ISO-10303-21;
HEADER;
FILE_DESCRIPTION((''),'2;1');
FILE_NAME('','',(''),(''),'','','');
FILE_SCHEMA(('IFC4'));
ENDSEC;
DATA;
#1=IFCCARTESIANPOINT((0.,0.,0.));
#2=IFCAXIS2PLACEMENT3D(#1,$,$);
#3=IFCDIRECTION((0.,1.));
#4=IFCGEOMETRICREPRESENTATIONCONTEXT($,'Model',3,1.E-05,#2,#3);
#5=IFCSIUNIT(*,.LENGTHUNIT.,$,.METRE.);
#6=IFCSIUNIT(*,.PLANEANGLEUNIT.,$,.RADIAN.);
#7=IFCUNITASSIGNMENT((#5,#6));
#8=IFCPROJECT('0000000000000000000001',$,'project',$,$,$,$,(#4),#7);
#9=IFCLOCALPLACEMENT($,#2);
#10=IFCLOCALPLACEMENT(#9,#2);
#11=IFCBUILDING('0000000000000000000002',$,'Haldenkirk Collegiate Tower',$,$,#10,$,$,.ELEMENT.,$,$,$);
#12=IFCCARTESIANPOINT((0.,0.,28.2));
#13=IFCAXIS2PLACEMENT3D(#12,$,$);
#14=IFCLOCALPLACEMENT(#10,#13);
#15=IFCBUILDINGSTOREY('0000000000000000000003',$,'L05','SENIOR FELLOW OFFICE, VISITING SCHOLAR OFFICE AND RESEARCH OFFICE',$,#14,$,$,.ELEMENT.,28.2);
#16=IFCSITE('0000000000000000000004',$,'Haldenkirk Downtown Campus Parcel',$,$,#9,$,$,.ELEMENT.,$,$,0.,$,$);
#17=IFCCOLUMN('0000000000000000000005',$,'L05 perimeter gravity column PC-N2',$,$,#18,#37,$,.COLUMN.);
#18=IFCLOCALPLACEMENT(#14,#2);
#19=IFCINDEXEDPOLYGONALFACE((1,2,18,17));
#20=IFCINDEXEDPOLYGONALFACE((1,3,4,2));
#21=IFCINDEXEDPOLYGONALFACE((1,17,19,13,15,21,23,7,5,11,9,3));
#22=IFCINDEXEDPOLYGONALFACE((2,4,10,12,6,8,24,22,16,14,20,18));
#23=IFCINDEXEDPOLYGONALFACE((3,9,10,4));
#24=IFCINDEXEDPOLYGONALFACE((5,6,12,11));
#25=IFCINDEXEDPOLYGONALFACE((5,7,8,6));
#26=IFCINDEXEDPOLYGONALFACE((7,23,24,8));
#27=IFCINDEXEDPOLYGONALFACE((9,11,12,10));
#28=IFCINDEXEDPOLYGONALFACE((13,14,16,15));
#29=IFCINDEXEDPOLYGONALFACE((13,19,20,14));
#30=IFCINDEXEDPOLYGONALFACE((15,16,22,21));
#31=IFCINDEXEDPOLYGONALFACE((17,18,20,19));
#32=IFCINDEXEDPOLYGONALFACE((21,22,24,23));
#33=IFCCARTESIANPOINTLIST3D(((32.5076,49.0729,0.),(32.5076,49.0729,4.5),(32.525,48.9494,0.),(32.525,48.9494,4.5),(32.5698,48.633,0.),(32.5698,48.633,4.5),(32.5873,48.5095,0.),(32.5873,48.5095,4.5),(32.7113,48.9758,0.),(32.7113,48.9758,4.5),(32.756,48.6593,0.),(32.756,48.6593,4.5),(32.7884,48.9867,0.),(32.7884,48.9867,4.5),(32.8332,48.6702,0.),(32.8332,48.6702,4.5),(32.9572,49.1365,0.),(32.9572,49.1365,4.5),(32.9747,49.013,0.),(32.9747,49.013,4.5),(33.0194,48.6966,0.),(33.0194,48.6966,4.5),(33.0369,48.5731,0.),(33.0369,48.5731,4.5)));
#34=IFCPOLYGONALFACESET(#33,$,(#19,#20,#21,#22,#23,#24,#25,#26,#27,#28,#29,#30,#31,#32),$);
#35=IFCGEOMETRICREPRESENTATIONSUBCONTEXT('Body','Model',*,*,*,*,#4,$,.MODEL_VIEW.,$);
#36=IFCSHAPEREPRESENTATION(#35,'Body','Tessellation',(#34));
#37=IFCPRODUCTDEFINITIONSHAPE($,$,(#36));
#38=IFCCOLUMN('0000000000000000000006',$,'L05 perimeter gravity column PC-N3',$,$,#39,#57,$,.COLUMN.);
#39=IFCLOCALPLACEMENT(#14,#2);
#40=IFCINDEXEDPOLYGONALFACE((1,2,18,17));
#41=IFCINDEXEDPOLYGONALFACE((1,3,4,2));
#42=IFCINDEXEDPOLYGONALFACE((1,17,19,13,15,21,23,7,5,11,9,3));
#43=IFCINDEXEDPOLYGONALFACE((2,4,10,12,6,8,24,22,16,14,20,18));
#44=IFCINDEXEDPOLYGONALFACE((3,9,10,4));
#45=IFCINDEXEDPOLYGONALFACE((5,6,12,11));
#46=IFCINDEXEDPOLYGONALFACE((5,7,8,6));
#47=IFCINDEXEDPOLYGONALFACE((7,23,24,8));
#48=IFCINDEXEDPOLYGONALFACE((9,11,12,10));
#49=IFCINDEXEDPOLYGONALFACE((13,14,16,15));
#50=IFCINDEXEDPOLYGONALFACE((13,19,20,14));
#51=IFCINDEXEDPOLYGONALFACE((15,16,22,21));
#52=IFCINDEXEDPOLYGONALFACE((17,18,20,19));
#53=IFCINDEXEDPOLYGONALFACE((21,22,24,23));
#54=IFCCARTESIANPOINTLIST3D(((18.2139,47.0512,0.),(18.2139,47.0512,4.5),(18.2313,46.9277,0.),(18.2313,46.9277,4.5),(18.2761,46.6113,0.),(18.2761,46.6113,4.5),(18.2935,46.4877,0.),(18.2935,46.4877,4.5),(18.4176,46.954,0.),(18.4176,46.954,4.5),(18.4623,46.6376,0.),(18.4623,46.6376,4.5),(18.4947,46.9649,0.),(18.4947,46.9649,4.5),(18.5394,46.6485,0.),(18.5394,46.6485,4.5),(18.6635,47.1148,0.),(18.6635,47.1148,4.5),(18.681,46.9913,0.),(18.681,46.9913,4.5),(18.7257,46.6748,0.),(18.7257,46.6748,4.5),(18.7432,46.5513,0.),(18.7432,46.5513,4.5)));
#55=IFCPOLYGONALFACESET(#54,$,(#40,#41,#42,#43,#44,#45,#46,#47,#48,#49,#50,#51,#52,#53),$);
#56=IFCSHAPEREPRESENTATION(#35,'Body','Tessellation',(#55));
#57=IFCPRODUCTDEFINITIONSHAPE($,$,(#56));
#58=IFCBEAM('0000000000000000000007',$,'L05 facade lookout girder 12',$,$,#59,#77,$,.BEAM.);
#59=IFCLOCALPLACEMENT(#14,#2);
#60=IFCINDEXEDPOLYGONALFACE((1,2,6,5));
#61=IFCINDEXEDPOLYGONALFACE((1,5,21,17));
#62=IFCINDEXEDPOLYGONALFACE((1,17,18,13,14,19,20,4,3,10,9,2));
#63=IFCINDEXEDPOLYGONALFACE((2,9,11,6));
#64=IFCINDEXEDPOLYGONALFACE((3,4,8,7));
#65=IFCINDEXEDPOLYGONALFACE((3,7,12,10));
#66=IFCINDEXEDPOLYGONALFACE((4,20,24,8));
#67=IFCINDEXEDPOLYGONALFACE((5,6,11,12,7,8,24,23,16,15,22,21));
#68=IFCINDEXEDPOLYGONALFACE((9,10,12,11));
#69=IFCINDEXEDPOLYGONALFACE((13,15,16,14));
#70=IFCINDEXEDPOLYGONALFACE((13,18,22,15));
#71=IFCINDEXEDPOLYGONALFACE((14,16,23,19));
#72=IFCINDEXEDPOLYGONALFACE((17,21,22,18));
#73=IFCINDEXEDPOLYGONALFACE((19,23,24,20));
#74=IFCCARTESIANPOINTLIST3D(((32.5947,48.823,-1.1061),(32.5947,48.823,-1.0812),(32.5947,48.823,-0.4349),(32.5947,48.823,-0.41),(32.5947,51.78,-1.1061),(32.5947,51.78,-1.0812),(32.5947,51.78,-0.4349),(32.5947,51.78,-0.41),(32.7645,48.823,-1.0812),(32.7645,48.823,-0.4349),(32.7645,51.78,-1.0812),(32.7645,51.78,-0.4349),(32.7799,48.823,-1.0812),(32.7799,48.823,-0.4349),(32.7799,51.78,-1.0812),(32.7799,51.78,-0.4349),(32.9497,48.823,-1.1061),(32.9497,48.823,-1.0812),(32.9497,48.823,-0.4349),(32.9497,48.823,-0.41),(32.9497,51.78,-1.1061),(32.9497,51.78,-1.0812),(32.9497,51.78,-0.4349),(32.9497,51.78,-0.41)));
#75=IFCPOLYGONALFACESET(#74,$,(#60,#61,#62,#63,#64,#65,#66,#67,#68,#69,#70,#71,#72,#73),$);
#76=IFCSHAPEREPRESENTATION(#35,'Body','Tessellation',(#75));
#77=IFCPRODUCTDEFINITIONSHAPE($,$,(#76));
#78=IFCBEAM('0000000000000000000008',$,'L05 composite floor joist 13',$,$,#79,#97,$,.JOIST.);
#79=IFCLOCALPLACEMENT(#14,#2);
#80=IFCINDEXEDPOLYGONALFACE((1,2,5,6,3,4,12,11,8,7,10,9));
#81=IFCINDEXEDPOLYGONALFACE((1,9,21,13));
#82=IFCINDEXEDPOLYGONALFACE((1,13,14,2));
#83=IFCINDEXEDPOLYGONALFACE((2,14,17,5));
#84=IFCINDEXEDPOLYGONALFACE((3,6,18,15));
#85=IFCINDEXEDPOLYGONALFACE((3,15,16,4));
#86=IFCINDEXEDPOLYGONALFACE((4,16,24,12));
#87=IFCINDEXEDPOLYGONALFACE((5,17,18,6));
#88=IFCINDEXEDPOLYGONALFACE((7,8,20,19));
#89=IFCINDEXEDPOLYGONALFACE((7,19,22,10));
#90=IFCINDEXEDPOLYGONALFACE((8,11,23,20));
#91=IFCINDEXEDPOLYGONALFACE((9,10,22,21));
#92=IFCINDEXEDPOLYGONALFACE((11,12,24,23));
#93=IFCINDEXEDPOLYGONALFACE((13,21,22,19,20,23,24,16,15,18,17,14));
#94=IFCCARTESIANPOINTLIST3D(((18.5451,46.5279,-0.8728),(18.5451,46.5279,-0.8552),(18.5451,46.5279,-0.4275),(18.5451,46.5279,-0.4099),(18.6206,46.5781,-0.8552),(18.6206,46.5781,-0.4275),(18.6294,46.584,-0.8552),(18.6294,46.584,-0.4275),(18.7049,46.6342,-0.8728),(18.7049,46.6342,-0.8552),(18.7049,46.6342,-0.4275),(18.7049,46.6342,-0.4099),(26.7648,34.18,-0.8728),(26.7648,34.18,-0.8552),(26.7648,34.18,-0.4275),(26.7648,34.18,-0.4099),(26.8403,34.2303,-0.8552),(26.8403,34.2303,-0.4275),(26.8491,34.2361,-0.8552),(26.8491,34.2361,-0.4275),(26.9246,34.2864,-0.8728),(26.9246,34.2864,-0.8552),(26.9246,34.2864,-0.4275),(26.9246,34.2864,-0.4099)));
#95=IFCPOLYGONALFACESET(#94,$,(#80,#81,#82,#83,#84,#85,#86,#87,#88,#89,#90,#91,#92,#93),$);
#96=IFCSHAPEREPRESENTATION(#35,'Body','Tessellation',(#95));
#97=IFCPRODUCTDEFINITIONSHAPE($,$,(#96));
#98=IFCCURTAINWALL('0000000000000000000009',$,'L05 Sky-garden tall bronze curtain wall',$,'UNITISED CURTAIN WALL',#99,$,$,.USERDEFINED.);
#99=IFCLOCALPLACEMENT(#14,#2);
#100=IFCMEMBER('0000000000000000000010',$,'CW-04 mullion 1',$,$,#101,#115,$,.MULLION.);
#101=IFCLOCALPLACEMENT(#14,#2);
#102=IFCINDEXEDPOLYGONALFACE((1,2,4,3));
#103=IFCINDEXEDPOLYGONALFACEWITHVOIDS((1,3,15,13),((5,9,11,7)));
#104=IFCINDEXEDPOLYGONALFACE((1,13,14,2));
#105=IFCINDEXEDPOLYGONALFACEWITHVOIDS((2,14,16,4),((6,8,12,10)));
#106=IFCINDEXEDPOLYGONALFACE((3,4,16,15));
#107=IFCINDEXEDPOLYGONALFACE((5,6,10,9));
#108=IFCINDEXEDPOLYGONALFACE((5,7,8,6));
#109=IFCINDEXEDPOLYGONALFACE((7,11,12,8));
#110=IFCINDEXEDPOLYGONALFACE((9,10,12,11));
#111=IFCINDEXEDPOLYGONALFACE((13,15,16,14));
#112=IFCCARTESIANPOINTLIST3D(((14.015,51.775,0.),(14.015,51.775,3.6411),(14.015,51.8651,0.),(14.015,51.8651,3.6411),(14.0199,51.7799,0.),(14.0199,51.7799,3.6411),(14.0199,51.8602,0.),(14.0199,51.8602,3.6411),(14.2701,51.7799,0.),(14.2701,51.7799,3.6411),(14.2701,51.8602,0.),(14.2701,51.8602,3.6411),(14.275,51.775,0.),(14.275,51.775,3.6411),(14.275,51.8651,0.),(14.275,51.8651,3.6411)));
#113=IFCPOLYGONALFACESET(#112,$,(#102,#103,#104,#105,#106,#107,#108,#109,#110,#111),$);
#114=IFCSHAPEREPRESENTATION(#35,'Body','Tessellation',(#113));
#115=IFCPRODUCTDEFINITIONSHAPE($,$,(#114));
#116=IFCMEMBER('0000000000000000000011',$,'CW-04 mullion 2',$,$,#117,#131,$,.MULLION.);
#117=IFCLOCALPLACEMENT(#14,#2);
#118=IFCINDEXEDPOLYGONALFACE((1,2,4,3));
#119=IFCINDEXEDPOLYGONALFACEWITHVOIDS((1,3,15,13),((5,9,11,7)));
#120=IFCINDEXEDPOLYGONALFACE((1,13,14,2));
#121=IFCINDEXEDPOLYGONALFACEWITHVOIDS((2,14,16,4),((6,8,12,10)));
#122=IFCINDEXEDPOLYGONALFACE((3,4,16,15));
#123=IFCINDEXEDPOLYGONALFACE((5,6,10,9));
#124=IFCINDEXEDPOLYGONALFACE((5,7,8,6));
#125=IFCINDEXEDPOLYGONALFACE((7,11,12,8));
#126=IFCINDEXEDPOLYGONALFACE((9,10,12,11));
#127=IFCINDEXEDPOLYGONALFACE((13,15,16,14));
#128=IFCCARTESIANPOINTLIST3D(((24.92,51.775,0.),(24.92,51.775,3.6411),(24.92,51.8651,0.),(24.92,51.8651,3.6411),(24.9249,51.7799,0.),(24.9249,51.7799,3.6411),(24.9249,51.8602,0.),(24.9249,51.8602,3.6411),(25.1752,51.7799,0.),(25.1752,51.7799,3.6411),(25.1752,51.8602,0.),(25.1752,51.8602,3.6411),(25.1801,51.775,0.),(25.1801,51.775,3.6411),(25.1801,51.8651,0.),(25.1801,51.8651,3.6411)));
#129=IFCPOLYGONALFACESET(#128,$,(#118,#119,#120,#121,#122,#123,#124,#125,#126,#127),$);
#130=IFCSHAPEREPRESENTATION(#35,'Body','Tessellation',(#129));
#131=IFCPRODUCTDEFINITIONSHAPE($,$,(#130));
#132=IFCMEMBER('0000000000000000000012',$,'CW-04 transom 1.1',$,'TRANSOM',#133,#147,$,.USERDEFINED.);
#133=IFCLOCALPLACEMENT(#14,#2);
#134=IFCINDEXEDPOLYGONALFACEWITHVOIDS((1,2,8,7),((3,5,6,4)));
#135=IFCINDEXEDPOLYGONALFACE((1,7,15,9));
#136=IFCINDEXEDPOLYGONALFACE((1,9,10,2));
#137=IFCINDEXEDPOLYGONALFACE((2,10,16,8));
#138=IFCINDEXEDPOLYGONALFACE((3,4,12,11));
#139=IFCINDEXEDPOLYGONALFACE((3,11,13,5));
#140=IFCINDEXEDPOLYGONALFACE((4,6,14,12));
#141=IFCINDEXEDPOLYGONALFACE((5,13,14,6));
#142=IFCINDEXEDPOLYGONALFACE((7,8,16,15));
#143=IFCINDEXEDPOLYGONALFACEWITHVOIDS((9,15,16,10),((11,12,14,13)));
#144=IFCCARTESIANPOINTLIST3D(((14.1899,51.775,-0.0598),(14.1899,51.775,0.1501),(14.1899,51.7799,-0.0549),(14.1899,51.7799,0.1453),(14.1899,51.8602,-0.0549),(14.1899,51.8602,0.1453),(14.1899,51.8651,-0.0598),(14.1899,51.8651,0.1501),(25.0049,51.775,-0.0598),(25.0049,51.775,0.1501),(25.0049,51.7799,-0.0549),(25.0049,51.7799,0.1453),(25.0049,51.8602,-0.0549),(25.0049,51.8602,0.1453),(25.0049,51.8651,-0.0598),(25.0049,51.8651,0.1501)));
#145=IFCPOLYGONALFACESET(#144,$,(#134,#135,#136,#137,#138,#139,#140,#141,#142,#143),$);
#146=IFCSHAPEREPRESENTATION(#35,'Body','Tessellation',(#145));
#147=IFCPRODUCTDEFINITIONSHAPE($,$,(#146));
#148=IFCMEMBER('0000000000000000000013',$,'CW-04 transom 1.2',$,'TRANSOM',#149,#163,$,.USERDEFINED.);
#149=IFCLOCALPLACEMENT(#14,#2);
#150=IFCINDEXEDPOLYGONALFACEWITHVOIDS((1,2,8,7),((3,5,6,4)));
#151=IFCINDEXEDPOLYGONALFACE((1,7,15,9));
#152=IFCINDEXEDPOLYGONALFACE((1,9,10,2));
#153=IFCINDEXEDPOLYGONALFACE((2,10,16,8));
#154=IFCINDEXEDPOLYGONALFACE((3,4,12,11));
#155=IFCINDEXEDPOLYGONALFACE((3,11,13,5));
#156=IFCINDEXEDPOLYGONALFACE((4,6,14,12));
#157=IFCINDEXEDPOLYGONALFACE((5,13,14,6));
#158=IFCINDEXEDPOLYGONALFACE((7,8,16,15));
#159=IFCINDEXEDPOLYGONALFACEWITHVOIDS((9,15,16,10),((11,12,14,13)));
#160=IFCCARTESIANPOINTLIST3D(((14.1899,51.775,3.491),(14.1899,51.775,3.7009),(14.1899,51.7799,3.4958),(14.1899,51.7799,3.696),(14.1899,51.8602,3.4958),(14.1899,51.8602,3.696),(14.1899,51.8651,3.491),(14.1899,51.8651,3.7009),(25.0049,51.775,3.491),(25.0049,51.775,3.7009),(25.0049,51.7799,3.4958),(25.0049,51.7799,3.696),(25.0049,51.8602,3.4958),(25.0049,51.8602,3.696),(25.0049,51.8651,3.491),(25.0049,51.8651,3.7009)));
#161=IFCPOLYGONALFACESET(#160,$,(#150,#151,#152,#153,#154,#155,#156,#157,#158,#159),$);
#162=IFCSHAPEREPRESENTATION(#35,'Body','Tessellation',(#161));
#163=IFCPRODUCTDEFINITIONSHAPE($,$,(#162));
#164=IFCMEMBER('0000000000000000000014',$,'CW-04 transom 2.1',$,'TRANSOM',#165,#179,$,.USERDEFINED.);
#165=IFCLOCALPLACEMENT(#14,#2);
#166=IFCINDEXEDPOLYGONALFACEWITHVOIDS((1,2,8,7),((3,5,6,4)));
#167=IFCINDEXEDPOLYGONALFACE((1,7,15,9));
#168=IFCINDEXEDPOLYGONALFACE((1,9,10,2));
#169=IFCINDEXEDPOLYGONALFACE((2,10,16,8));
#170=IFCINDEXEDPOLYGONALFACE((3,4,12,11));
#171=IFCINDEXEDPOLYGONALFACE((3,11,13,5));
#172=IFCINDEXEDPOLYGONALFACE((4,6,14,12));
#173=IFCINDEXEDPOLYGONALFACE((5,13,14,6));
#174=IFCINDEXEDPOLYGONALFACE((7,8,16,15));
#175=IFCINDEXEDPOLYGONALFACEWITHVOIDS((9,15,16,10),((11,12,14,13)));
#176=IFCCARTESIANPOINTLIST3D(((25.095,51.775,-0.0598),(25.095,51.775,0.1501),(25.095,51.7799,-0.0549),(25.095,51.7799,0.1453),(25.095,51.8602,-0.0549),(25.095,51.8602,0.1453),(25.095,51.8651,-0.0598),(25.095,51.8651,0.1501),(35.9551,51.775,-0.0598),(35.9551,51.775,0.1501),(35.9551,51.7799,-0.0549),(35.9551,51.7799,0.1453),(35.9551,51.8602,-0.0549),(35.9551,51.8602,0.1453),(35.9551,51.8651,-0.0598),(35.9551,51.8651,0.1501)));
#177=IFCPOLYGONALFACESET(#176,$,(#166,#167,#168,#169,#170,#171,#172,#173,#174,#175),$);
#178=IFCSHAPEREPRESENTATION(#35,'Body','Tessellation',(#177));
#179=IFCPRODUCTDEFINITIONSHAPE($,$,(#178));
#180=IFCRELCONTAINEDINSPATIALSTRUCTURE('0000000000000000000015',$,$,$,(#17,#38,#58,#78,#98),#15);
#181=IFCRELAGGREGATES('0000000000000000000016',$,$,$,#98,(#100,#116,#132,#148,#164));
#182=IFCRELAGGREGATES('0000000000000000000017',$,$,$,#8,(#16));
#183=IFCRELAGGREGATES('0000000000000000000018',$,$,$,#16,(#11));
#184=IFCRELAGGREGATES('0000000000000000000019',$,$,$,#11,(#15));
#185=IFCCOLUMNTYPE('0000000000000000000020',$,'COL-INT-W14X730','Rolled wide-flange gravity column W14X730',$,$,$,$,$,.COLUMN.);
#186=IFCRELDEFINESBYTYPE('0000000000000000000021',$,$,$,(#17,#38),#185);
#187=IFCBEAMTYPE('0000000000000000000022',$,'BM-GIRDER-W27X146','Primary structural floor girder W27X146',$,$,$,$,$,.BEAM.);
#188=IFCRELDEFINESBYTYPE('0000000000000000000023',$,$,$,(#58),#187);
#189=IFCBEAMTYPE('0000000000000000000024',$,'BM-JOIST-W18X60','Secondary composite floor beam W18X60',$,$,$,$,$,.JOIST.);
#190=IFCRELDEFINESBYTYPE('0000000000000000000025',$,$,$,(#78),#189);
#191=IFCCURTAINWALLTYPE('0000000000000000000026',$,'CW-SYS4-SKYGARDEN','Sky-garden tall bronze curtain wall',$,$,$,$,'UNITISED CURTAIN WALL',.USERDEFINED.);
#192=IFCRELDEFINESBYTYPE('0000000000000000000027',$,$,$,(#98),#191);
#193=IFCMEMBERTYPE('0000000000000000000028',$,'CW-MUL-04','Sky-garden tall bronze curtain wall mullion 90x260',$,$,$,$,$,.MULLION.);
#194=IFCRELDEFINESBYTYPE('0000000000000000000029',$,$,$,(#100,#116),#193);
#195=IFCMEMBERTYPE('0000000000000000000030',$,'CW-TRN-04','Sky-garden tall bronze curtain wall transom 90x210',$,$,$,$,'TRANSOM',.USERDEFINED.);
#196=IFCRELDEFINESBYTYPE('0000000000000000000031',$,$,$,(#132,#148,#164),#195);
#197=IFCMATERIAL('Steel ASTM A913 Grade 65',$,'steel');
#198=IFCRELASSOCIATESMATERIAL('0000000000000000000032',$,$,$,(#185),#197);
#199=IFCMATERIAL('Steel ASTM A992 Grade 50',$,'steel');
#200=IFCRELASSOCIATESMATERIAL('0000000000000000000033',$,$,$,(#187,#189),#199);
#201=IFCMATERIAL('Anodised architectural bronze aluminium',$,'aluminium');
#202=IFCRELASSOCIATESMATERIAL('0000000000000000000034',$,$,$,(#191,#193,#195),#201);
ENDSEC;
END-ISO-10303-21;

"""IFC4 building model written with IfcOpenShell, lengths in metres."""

from ifc_helpers import new_model, si_unit, direction, frame, origin, origin_2d, place, context, subcontext, project, spatial, hollow_rectangle, i_section, extrude, material, material_profile, profile_set, type_object, element, aggregate, save


model = new_model("IFC4")

# Units and contexts
model_context = context("Model", 3, precision=1e-05, world=origin(), true_north=direction((0.0, 1.0)))
body_context = subcontext(model_context, "Body", "Model", "MODEL_VIEW")
ifc_project = project(units=[si_unit("LENGTHUNIT", "METRE"), si_unit("PLANEANGLEUNIT", "RADIAN")], contexts=[model_context])

# Site, building, storey
site_placement = place(None, origin())
site = spatial("IfcSite", under=ifc_project, at=site_placement, Name="Haldenkirk Downtown Campus Parcel", CompositionType="ELEMENT", RefElevation=0.0)
building_placement = place(site_placement, origin())
building = spatial("IfcBuilding", under=site, at=building_placement, Name="Haldenkirk Collegiate Tower", CompositionType="ELEMENT")
storey_placement = place(building_placement, frame((0.0, 0.0, 28.2)))
storey = spatial("IfcBuildingStorey", under=building, at=storey_placement, Name="L05", Description="SENIOR FELLOW OFFICE, VISITING SCHOLAR OFFICE AND RESEARCH OFFICE", CompositionType="ELEMENT", Elevation=28.2)

# Columns
ifc_material_1 = material(Name="Steel ASTM A913 Grade 65", Category="steel")
ifc_material_profile_1 = material_profile(ifc_material_1, i_section(OverallWidth=0.4541, OverallDepth=0.5691, WebThickness=0.0779, FlangeThickness=0.1248, at=origin_2d()), Name="W14X730")
ifc_profile_set_1 = profile_set([ifc_material_profile_1], Name="Steel ASTM A913 Grade 65")
column_type = type_object("IfcColumnType", Name="COL-INT-W14X730", Description="Rolled wide-flange gravity column W14X730", PredefinedType="COLUMN", material=ifc_profile_set_1)
for number, where, z_axis, x_axis, name in (
    (1, (32.7722, 48.823, 0.0), (0.0, 0.0, 1.0), (0.990146, 0.140037, 0.0), "L05 perimeter gravity column PC-N2"),
    (2, (18.4785, 46.8013, 0.0), (0.0, 0.0, 1.0), (0.990146, 0.140037, 0.0), "L05 perimeter gravity column PC-N3"),
):
    element("IfcColumn", number, at=place(storey_placement, frame(where, z_axis=z_axis, x_axis=x_axis)), inside=storey, type_object=column_type, Name=name, PredefinedType="COLUMN", context=body_context, shape_type="SweptSolid", body=[
        extrude(i_section(OverallWidth=0.4541, OverallDepth=0.5691, WebThickness=0.0779, FlangeThickness=0.1248, at=origin_2d()), origin(), (0.0, 0.0, 1.0), 4.5),
    ])

# Beams
ifc_material_2 = material(Name="Steel ASTM A992 Grade 50", Category="steel")
ifc_material_profile_2 = material_profile(ifc_material_2, i_section(OverallWidth=0.355, OverallDepth=0.696, WebThickness=0.0154, FlangeThickness=0.0249, at=origin_2d()), Name="W27X146")
ifc_profile_set_2 = profile_set([ifc_material_profile_2], Name="Steel ASTM A992 Grade 50")
beam_type_1 = type_object("IfcBeamType", Name="BM-GIRDER-W27X146", Description="Primary structural floor girder W27X146", PredefinedType="BEAM", material=ifc_profile_set_2)
beam_1_placement = place(storey_placement, frame((32.7722, 48.823, -0.7581), z_axis=(0.0, 1.0, 0.0), x_axis=(-1.0, 0.0, 0.0)))
element("IfcBeam", 3, at=beam_1_placement, inside=storey, type_object=beam_type_1, Name="L05 facade lookout girder 12", PredefinedType="BEAM", context=body_context, shape_type="SweptSolid", body=[
    extrude(i_section(OverallWidth=0.355, OverallDepth=0.696, WebThickness=0.0154, FlangeThickness=0.0249, at=origin_2d()), origin(), (0.0, 0.0, 1.0), 2.957),
])
ifc_material_profile_3 = material_profile(ifc_material_2, i_section(OverallWidth=0.1919, OverallDepth=0.4629, WebThickness=0.0105, FlangeThickness=0.0176, at=origin_2d()), Name="W18X60")
ifc_profile_set_3 = profile_set([ifc_material_profile_3], Name="Steel ASTM A992 Grade 50")
beam_type_2 = type_object("IfcBeamType", Name="BM-JOIST-W18X60", Description="Secondary composite floor beam W18X60", PredefinedType="JOIST", material=ifc_profile_set_3)
beam_2_placement = place(storey_placement, frame((18.625, 46.5811, -0.6414), z_axis=(0.55413, -0.83243, 0.0), x_axis=(0.83243, 0.55413, 0.0)))
element("IfcBeam", 4, at=beam_2_placement, inside=storey, type_object=beam_type_2, Name="L05 composite floor joist 13", PredefinedType="JOIST", context=body_context, shape_type="SweptSolid", body=[
    extrude(i_section(OverallWidth=0.1919, OverallDepth=0.4629, WebThickness=0.0105, FlangeThickness=0.0176, at=origin_2d()), origin(), (0.0, 0.0, 1.0), 14.8335),
])

# Curtain wall, members
ifc_material_3 = material(Name="Anodised architectural bronze aluminium", Category="aluminium")
curtain_wall_type = type_object("IfcCurtainWallType", Name="CW-SYS4-SKYGARDEN", Description="Sky-garden tall bronze curtain wall", ElementType="UNITISED CURTAIN WALL", PredefinedType="USERDEFINED", material=ifc_material_3)
curtain_wall_placement = place(storey_placement, origin())
curtain_wall = element("IfcCurtainWall", 5, at=curtain_wall_placement, inside=storey, type_object=curtain_wall_type, Name="L05 Sky-garden tall bronze curtain wall", ObjectType="UNITISED CURTAIN WALL", PredefinedType="USERDEFINED")
ifc_material_profile_4 = material_profile(ifc_material_3, hollow_rectangle(XDim=0.0901, YDim=0.26, WallThickness=0.0049, at=origin_2d()), Name="CW-MUL-04")
ifc_profile_set_4 = profile_set([ifc_material_profile_4], Name="Anodised architectural bronze aluminium")
member_type_1 = type_object("IfcMemberType", Name="CW-MUL-04", Description="Sky-garden tall bronze curtain wall mullion 90x260", PredefinedType="MULLION", material=ifc_profile_set_4)
member_1_placement = place(storey_placement, frame((14.145, 51.8201, 0.0), z_axis=(0.0, 0.0, 1.0), x_axis=(0.0, 1.0, 0.0)))
member_1 = element("IfcMember", 6, at=member_1_placement, type_object=member_type_1, Name="CW-04 mullion 1", PredefinedType="MULLION", context=body_context, shape_type="SweptSolid", body=[
    extrude(hollow_rectangle(XDim=0.0901, YDim=0.26, WallThickness=0.0049, at=origin_2d()), origin(), (0.0, 0.0, 1.0), 3.6411),
])
member_2_placement = place(storey_placement, frame((25.05, 51.8201, 0.0), z_axis=(0.0, 0.0, 1.0), x_axis=(0.0, 1.0, 0.0)))
member_2 = element("IfcMember", 7, at=member_2_placement, type_object=member_type_1, Name="CW-04 mullion 2", PredefinedType="MULLION", context=body_context, shape_type="SweptSolid", body=[
    extrude(hollow_rectangle(XDim=0.0901, YDim=0.26, WallThickness=0.0049, at=origin_2d()), origin(), (0.0, 0.0, 1.0), 3.6411),
])
ifc_material_profile_5 = material_profile(ifc_material_3, hollow_rectangle(XDim=0.0901, YDim=0.21, WallThickness=0.0049, at=origin_2d()), Name="CW-TRN-04")
ifc_profile_set_5 = profile_set([ifc_material_profile_5], Name="Anodised architectural bronze aluminium")
member_type_2 = type_object("IfcMemberType", Name="CW-TRN-04", Description="Sky-garden tall bronze curtain wall transom 90x210", ElementType="TRANSOM", PredefinedType="USERDEFINED", material=ifc_profile_set_5)
member_3_placement = place(storey_placement, frame((14.1899, 51.8201, 0.0452), z_axis=(1.0, 0.0, 0.0), x_axis=(0.0, 1.0, 0.0)))
member_3 = element("IfcMember", 8, at=member_3_placement, type_object=member_type_2, Name="CW-04 transom 1.1", ObjectType="TRANSOM", PredefinedType="USERDEFINED", context=body_context, shape_type="SweptSolid", body=[
    extrude(hollow_rectangle(XDim=0.0901, YDim=0.21, WallThickness=0.0049, at=origin_2d()), origin(), (0.0, 0.0, 1.0), 10.8149),
])
member_4_placement = place(storey_placement, frame((14.1899, 51.8201, 3.5959), z_axis=(1.0, 0.0, 0.0), x_axis=(0.0, 1.0, 0.0)))
member_4 = element("IfcMember", 9, at=member_4_placement, type_object=member_type_2, Name="CW-04 transom 1.2", ObjectType="TRANSOM", PredefinedType="USERDEFINED", context=body_context, shape_type="SweptSolid", body=[
    extrude(hollow_rectangle(XDim=0.0901, YDim=0.21, WallThickness=0.0049, at=origin_2d()), origin(), (0.0, 0.0, 1.0), 10.8149),
])
member_5_placement = place(storey_placement, frame((25.095, 51.8201, 0.0452), z_axis=(1.0, 0.0, 0.0), x_axis=(0.0, 1.0, 0.0)))
member_5 = element("IfcMember", 10, at=member_5_placement, type_object=member_type_2, Name="CW-04 transom 2.1", ObjectType="TRANSOM", PredefinedType="USERDEFINED", context=body_context, shape_type="SweptSolid", body=[
    extrude(hollow_rectangle(XDim=0.0901, YDim=0.21, WallThickness=0.0049, at=origin_2d()), origin(), (0.0, 0.0, 1.0), 10.8601),
])

aggregate(curtain_wall, [member_1, member_2, member_3, member_4, member_5])

save(model, "model.ifc")
